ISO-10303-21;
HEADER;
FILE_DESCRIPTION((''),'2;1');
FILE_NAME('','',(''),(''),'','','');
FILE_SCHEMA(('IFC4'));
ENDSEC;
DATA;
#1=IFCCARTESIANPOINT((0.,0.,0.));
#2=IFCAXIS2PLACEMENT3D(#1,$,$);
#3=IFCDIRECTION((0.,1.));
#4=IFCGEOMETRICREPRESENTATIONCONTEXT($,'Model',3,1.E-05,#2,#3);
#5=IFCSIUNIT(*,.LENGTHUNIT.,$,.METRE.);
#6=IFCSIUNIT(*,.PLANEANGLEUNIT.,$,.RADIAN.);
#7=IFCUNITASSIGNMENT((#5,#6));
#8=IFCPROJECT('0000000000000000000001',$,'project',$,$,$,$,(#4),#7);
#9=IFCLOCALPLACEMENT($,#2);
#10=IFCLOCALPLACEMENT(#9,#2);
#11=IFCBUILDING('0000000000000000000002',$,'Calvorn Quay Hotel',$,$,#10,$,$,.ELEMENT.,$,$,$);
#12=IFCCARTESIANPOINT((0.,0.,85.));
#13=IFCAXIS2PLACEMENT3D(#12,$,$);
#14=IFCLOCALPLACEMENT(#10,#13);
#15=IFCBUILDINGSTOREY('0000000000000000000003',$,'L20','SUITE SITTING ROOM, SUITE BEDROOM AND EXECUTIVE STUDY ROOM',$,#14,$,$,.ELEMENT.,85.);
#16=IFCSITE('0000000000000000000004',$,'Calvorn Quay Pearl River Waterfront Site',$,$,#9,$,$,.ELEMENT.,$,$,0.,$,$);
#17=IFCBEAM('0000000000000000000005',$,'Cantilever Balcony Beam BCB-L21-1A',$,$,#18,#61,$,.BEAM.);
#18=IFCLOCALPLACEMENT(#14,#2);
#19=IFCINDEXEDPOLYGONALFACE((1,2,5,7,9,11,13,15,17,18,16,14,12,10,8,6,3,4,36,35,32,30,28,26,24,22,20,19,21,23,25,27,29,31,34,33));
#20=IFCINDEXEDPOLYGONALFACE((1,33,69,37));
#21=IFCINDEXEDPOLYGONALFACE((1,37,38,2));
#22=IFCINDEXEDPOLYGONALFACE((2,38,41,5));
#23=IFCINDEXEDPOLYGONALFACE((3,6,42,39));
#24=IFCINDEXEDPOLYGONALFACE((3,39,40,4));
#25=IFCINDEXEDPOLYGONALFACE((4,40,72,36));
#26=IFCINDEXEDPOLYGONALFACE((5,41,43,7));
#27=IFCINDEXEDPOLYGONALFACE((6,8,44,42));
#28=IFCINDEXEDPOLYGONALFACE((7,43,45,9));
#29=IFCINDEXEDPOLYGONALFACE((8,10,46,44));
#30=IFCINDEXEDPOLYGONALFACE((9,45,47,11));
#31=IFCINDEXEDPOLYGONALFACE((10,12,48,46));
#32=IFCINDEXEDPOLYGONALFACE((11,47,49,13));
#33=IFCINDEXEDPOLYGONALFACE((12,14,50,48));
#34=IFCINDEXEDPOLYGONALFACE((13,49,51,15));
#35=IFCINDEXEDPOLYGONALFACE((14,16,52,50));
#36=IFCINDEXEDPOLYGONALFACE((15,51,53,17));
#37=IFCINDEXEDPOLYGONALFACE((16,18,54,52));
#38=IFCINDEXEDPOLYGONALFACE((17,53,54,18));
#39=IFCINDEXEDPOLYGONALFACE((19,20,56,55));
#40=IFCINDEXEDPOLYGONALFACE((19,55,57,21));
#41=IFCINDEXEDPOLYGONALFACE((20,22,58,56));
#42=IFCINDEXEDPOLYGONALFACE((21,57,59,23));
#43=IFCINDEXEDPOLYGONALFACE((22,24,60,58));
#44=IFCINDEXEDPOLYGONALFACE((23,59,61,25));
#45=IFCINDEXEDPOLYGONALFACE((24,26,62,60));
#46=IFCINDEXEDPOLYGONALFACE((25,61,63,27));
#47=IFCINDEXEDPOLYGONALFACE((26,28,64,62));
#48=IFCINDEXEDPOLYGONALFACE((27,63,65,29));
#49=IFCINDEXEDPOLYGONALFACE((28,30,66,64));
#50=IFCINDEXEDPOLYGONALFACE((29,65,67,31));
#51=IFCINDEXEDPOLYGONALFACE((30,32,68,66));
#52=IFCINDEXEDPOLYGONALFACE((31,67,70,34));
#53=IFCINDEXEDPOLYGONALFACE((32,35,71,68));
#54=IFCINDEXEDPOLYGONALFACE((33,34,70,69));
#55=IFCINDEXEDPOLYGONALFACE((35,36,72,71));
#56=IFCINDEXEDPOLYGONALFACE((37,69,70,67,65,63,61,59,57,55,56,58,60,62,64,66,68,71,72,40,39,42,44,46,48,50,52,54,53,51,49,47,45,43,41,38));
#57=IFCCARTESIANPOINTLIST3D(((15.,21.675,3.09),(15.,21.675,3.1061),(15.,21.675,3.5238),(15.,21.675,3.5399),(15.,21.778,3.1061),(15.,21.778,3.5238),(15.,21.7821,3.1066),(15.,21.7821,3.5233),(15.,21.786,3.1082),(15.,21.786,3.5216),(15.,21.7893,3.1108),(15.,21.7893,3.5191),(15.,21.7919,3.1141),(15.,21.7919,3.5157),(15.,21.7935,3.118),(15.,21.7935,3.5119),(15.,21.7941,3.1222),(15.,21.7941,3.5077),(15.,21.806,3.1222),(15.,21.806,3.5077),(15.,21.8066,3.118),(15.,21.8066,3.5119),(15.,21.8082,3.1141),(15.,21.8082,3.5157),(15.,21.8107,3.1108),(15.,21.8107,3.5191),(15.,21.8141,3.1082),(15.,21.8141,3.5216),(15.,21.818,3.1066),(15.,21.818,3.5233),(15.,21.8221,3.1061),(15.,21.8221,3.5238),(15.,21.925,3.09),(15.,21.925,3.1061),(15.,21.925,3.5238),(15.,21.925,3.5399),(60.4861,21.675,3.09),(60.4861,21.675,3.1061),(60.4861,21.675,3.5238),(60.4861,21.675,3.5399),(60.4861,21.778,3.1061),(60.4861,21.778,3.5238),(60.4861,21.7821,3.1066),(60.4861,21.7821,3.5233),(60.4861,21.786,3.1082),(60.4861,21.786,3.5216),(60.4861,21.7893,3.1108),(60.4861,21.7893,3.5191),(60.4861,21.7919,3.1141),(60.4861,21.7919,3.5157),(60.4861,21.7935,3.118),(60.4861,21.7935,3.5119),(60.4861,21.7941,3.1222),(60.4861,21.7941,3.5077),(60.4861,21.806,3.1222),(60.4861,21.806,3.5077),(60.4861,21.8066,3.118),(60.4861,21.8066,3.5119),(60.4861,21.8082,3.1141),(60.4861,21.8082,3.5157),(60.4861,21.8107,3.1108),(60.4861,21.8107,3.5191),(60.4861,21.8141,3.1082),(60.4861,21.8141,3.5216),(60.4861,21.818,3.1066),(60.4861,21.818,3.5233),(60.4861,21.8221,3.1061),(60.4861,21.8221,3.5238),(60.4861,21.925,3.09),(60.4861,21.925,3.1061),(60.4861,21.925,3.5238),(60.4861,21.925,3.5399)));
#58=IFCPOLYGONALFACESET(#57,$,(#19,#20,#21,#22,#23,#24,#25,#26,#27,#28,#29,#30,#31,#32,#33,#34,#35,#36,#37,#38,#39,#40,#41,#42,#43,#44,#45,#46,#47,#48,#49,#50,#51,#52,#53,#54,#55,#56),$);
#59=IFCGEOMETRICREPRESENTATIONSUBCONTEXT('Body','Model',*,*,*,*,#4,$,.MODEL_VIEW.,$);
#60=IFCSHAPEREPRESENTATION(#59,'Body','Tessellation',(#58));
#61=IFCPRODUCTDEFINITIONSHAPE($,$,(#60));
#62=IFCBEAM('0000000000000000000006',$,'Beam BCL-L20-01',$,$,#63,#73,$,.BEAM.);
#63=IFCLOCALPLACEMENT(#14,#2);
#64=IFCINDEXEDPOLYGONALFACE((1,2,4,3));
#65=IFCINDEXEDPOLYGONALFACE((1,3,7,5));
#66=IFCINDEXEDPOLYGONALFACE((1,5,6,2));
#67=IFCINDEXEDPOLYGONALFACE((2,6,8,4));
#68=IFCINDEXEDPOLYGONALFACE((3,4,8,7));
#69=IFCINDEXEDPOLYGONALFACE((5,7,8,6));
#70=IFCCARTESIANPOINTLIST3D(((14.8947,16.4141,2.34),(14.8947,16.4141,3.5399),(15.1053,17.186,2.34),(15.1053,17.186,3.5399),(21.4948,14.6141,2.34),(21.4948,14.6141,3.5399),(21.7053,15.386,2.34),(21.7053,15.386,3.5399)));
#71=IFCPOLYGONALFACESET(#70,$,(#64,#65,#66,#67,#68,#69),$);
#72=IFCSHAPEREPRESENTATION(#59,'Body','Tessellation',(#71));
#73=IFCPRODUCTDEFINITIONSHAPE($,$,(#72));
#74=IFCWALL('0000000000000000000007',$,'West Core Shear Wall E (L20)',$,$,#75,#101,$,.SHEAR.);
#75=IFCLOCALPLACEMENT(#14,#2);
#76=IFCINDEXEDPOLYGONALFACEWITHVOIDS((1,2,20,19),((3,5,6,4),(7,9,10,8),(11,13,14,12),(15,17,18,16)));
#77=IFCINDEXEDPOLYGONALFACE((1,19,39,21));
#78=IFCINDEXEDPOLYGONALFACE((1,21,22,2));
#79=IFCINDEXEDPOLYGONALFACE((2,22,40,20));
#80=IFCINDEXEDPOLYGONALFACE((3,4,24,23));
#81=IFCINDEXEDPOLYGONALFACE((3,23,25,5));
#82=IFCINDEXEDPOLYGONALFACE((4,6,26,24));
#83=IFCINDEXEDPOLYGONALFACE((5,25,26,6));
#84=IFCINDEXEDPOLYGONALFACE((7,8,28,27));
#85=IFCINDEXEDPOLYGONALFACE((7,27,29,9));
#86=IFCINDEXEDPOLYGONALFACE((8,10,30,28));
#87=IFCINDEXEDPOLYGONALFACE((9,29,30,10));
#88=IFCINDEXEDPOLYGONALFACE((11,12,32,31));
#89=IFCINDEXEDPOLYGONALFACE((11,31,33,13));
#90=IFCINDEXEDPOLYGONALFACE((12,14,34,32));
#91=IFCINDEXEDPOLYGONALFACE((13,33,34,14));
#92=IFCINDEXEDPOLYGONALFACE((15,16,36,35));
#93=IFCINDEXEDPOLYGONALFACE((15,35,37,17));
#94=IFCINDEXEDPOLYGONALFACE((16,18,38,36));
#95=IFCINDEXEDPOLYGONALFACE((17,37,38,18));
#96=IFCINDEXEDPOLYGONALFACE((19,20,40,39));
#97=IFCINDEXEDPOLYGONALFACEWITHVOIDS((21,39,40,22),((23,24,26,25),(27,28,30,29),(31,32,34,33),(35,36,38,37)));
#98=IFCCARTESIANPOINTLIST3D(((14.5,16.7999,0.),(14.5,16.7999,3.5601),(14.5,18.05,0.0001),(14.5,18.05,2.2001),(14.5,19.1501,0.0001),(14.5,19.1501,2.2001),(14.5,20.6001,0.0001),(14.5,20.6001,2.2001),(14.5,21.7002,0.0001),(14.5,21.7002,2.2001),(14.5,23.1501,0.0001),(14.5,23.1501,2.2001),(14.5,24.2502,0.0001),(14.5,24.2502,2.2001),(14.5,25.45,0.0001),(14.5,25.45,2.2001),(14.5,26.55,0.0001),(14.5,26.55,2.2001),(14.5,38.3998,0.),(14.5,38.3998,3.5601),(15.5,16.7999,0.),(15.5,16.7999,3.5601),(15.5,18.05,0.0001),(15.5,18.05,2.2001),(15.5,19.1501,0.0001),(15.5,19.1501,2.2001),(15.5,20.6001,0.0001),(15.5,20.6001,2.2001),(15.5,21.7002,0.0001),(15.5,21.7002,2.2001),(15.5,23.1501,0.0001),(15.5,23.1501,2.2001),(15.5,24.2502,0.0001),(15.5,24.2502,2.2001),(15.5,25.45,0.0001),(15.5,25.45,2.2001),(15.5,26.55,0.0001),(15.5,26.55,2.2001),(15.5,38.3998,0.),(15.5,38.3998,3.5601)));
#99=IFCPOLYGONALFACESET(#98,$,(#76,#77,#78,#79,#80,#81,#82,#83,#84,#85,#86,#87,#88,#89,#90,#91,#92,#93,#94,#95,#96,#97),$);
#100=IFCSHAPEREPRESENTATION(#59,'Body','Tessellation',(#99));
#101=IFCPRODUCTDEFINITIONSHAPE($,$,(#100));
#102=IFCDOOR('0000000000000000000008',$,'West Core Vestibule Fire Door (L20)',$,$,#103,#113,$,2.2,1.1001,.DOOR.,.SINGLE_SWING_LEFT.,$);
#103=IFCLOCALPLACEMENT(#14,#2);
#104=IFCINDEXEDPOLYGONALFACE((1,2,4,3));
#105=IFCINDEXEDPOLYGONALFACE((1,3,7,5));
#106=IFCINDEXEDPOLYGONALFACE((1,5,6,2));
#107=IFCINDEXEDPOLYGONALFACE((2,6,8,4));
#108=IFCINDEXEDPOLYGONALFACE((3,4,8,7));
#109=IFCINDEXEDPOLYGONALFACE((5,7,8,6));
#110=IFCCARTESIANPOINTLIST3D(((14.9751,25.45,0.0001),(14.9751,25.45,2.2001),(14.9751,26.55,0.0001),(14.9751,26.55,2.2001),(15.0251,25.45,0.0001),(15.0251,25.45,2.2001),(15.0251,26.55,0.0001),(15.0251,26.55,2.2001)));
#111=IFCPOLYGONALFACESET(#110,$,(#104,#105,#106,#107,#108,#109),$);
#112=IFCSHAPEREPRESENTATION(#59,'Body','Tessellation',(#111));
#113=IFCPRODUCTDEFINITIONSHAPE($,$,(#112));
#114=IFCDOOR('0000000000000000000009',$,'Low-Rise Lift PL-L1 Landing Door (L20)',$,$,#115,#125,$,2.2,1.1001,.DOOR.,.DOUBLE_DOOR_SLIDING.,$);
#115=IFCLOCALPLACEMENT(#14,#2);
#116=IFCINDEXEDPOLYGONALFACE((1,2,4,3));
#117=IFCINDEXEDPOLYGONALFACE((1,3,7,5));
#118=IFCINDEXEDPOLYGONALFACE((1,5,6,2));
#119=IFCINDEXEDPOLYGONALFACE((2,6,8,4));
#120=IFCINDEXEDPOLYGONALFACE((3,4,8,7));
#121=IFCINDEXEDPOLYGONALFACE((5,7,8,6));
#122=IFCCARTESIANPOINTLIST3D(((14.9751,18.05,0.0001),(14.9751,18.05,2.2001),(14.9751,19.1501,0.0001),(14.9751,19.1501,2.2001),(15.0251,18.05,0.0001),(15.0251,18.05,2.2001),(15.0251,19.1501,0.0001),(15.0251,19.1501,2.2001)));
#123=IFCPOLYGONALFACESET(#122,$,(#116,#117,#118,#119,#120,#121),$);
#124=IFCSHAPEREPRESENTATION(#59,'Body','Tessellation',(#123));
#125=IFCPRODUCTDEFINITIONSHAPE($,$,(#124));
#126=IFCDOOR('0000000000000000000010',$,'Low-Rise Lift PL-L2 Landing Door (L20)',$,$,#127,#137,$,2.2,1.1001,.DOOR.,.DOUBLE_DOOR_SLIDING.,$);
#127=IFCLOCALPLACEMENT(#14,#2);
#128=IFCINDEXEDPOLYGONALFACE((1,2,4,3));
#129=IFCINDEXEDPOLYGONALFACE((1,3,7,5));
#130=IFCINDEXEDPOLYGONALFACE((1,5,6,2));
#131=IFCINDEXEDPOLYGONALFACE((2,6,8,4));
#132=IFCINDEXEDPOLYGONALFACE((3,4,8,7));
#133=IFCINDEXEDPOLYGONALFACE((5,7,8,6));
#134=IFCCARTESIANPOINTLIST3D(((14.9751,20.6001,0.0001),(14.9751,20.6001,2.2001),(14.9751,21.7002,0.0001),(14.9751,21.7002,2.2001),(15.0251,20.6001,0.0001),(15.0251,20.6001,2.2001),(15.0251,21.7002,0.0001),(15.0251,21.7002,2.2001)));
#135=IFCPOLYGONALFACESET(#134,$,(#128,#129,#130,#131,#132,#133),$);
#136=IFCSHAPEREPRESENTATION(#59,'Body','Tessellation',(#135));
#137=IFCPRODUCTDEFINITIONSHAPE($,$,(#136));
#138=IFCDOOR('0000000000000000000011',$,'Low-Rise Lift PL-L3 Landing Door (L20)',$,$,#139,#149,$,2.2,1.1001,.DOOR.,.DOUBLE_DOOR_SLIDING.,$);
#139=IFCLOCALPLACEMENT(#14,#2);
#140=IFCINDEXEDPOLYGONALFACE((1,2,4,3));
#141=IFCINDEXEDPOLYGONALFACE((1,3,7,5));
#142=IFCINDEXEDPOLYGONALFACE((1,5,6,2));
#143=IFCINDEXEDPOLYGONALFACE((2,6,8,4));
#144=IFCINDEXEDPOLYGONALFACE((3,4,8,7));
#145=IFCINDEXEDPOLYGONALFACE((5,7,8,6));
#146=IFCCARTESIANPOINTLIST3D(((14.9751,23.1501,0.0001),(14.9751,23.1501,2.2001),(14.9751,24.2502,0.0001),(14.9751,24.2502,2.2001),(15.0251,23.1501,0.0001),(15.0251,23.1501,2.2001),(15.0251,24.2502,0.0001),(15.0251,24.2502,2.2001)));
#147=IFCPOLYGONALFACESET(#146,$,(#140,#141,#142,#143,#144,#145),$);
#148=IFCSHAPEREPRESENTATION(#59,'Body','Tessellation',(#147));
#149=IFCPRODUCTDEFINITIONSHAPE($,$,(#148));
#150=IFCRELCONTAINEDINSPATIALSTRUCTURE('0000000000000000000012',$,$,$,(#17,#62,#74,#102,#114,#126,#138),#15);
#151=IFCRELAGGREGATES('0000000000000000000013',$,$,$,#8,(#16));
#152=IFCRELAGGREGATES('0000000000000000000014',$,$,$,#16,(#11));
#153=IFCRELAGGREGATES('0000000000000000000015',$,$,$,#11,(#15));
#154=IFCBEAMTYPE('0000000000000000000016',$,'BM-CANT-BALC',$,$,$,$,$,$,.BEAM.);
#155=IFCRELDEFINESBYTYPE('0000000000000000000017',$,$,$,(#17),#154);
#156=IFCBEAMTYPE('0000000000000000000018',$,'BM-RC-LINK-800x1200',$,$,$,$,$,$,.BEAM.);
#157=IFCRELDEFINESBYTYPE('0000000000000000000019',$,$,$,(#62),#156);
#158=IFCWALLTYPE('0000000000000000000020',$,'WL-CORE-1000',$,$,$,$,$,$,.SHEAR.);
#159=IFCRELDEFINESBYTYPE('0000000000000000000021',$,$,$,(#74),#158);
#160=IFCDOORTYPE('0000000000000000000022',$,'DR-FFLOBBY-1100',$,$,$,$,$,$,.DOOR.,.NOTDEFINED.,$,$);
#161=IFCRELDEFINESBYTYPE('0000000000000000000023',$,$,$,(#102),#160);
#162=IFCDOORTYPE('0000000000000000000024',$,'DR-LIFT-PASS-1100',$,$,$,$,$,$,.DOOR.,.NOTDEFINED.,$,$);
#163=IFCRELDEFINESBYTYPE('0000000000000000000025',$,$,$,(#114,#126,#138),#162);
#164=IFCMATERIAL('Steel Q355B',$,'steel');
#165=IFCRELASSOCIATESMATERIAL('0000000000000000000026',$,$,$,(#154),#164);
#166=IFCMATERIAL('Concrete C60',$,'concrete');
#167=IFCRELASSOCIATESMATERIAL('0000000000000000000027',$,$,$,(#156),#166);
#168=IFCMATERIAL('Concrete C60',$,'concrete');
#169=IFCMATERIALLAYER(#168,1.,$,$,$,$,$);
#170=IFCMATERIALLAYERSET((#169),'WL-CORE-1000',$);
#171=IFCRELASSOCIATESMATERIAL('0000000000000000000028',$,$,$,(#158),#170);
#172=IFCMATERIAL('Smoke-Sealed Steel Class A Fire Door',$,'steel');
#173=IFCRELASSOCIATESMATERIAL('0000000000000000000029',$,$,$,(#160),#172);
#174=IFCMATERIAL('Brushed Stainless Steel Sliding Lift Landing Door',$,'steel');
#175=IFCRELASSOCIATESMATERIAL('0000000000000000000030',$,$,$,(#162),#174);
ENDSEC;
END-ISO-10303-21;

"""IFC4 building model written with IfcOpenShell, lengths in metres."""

from ifc_helpers import new_model, si_unit, direction, frame, frame_2d, origin, origin_2d, place, context, subcontext, project, spatial, rectangle, i_section, extrude, material, layer, layer_set, material_profile, profile_set, type_object, element, fill, save


model = new_model("IFC4")

# Units and contexts
model_context = context("Model", 3, precision=1e-05, world=origin(), true_north=direction((0.0, 1.0)))
body_context = subcontext(model_context, "Body", "Model", "MODEL_VIEW")
ifc_project = project(units=[si_unit("LENGTHUNIT", "METRE"), si_unit("PLANEANGLEUNIT", "RADIAN")], contexts=[model_context])

# Site, building, storey
site_placement = place(None, origin())
site = spatial("IfcSite", under=ifc_project, at=site_placement, Name="Calvorn Quay Pearl River Waterfront Site", CompositionType="ELEMENT", RefElevation=0.0)
building_placement = place(site_placement, origin())
building = spatial("IfcBuilding", under=site, at=building_placement, Name="Calvorn Quay Hotel", CompositionType="ELEMENT")
storey_placement = place(building_placement, frame((0.0, 0.0, 85.0)))
storey = spatial("IfcBuildingStorey", under=building, at=storey_placement, Name="L20", Description="SUITE SITTING ROOM, SUITE BEDROOM AND EXECUTIVE STUDY ROOM", CompositionType="ELEMENT", Elevation=85.0)

# Beams
ifc_material_1 = material(Name="Steel Q355B", Category="steel")
ifc_material_profile_1 = material_profile(ifc_material_1, i_section(OverallWidth=0.25, OverallDepth=0.45, WebThickness=0.012, FlangeThickness=0.0161, FilletRadius=0.0161, at=origin_2d()), Name="HN450x250x12x16")
ifc_profile_set_1 = profile_set([ifc_material_profile_1], Name="Steel Q355B")
beam_type_1 = type_object("IfcBeamType", Name="BM-CANT-BALC", PredefinedType="BEAM", material=ifc_profile_set_1)
beam_1_placement = place(storey_placement, frame((15.0, 21.8, 3.3149), z_axis=(1.0, 0.0, 0.0), x_axis=(0.0, 1.0, 0.0)))
element("IfcBeam", 1, at=beam_1_placement, inside=storey, type_object=beam_type_1, Name="Cantilever Balcony Beam BCB-L21-1A", PredefinedType="BEAM", context=body_context, shape_type="SweptSolid", body=[
    extrude(i_section(OverallWidth=0.25, OverallDepth=0.45, WebThickness=0.012, FlangeThickness=0.0161, FilletRadius=0.0161, at=origin_2d()), origin(), (0.0, 0.0, 1.0), 45.4861),
])
ifc_material_2 = material(Name="Concrete C60", Category="concrete")
ifc_material_profile_2 = material_profile(ifc_material_2, rectangle(XDim=0.8, YDim=1.2, at=origin_2d()), Name="RCB800x1200")
ifc_profile_set_2 = profile_set([ifc_material_profile_2], Name="Concrete C60")
beam_type_2 = type_object("IfcBeamType", Name="BM-RC-LINK-800x1200", PredefinedType="BEAM", material=ifc_profile_set_2)
beam_2_placement = place(storey_placement, frame((15.0, 16.8, 2.9399), z_axis=(0.964763, -0.26312, 0.0), x_axis=(0.26312, 0.964763, 0.0)))
element("IfcBeam", 2, at=beam_2_placement, inside=storey, type_object=beam_type_2, Name="Beam BCL-L20-01", PredefinedType="BEAM", context=body_context, shape_type="SweptSolid", body=[
    extrude(rectangle(XDim=0.8, YDim=1.2, at=origin_2d()), origin(), (0.0, 0.0, 1.0), 6.8411),
])

# Wall, openings, doors
ifc_material_3 = material(Name="Concrete C60", Category="concrete")
ifc_layer_1 = layer(ifc_material_3, 1.0)
ifc_layer_set_1 = layer_set([ifc_layer_1], Name="WL-CORE-1000")
wall_type_1 = type_object("IfcWallType", Name="WL-CORE-1000", PredefinedType="SHEAR", material=ifc_layer_set_1)
wall_1_placement = place(storey_placement, frame((15.0, 16.8, 0.0), z_axis=(0.0, 0.0, 1.0), x_axis=(0.0, 1.0, 0.0)))
wall_1 = element("IfcWall", 3, at=wall_1_placement, inside=storey, type_object=wall_type_1, Name="West Core Shear Wall E (L20)", PredefinedType="SHEAR", context=body_context, shape_type="SweptSolid", body=[
    extrude(rectangle(XDim=21.5999, YDim=1.0, at=frame_2d((10.7998, 0.0))), origin(), (0.0, 0.0, 1.0), 3.5601),
])
opening_1_placement = place(wall_1_placement, frame((8.6499, 0.0, 0.0)))
opening_1 = element("IfcOpeningElement", 4, at=opening_1_placement, cuts=wall_1, PredefinedType="OPENING", context=body_context, shape_type="SweptSolid", body=[
    extrude(rectangle(XDim=1.1001, YDim=2.2, at=frame_2d((0.55, 1.1001))), frame((0.0, 0.51, 0.0), z_axis=(0.0, -1.0, 0.0), x_axis=(1.0, 0.0, 0.0)), (0.0, 0.0, 1.0), 1.02),
])
opening_2_placement = place(wall_1_placement, frame((1.25, 0.0, 0.0)))
opening_2 = element("IfcOpeningElement", 5, at=opening_2_placement, cuts=wall_1, PredefinedType="OPENING", context=body_context, shape_type="SweptSolid", body=[
    extrude(rectangle(XDim=1.1001, YDim=2.2, at=frame_2d((0.55, 1.1001))), frame((0.0, 0.51, 0.0), z_axis=(0.0, -1.0, 0.0), x_axis=(1.0, 0.0, 0.0)), (0.0, 0.0, 1.0), 1.02),
])
opening_3_placement = place(wall_1_placement, frame((3.8, 0.0, 0.0)))
opening_3 = element("IfcOpeningElement", 6, at=opening_3_placement, cuts=wall_1, PredefinedType="OPENING", context=body_context, shape_type="SweptSolid", body=[
    extrude(rectangle(XDim=1.1001, YDim=2.2, at=frame_2d((0.55, 1.1001))), frame((0.0, 0.51, 0.0), z_axis=(0.0, -1.0, 0.0), x_axis=(1.0, 0.0, 0.0)), (0.0, 0.0, 1.0), 1.02),
])
opening_4_placement = place(wall_1_placement, frame((6.3501, 0.0, 0.0)))
opening_4 = element("IfcOpeningElement", 7, at=opening_4_placement, cuts=wall_1, PredefinedType="OPENING", context=body_context, shape_type="SweptSolid", body=[
    extrude(rectangle(XDim=1.1001, YDim=2.2, at=frame_2d((0.55, 1.1001))), frame((0.0, 0.51, 0.0), z_axis=(0.0, -1.0, 0.0), x_axis=(1.0, 0.0, 0.0)), (0.0, 0.0, 1.0), 1.02),
])
ifc_material_4 = material(Name="Smoke-Sealed Steel Class A Fire Door", Category="steel")
door_type_1 = type_object("IfcDoorType", Name="DR-FFLOBBY-1100", OperationType="NOTDEFINED", PredefinedType="DOOR", material=ifc_material_4)
door_1_placement = place(opening_1_placement, origin())
door_1 = element("IfcDoor", 8, at=door_1_placement, inside=storey, type_object=door_type_1, Name="West Core Vestibule Fire Door (L20)", OperationType="SINGLE_SWING_LEFT", OverallHeight=2.2, OverallWidth=1.1001, PredefinedType="DOOR", context=body_context, shape_type="SweptSolid", body=[
    extrude(rectangle(XDim=1.1001, YDim=2.2, at=frame_2d((0.55, 1.1001))), frame((0.0, 0.0249, 0.0), z_axis=(0.0, -1.0, 0.0), x_axis=(1.0, 0.0, 0.0)), (0.0, 0.0, 1.0), 0.05),
])
fill(opening_1, door_1)
ifc_material_5 = material(Name="Brushed Stainless Steel Sliding Lift Landing Door", Category="steel")
door_type_2 = type_object("IfcDoorType", Name="DR-LIFT-PASS-1100", OperationType="NOTDEFINED", PredefinedType="DOOR", material=ifc_material_5)
door_2_placement = place(opening_2_placement, origin())
door_2 = element("IfcDoor", 9, at=door_2_placement, inside=storey, type_object=door_type_2, Name="Low-Rise Lift PL-L1 Landing Door (L20)", OperationType="DOUBLE_DOOR_SLIDING", OverallHeight=2.2, OverallWidth=1.1001, PredefinedType="DOOR", context=body_context, shape_type="SweptSolid", body=[
    extrude(rectangle(XDim=1.1001, YDim=2.2, at=frame_2d((0.55, 1.1001))), frame((0.0, 0.0249, 0.0), z_axis=(0.0, -1.0, 0.0), x_axis=(1.0, 0.0, 0.0)), (0.0, 0.0, 1.0), 0.05),
])
fill(opening_2, door_2)
door_3_placement = place(opening_3_placement, origin())
door_3 = element("IfcDoor", 10, at=door_3_placement, inside=storey, type_object=door_type_2, Name="Low-Rise Lift PL-L2 Landing Door (L20)", OperationType="DOUBLE_DOOR_SLIDING", OverallHeight=2.2, OverallWidth=1.1001, PredefinedType="DOOR", context=body_context, shape_type="SweptSolid", body=[
    extrude(rectangle(XDim=1.1001, YDim=2.2, at=frame_2d((0.55, 1.1001))), frame((0.0, 0.0249, 0.0), z_axis=(0.0, -1.0, 0.0), x_axis=(1.0, 0.0, 0.0)), (0.0, 0.0, 1.0), 0.05),
])
fill(opening_3, door_3)
door_4_placement = place(opening_4_placement, origin())
door_4 = element("IfcDoor", 11, at=door_4_placement, inside=storey, type_object=door_type_2, Name="Low-Rise Lift PL-L3 Landing Door (L20)", OperationType="DOUBLE_DOOR_SLIDING", OverallHeight=2.2, OverallWidth=1.1001, PredefinedType="DOOR", context=body_context, shape_type="SweptSolid", body=[
    extrude(rectangle(XDim=1.1001, YDim=2.2, at=frame_2d((0.55, 1.1001))), frame((0.0, 0.0249, 0.0), z_axis=(0.0, -1.0, 0.0), x_axis=(1.0, 0.0, 0.0)), (0.0, 0.0, 1.0), 0.05),
])
fill(opening_4, door_4)

save(model, "model.ifc")
